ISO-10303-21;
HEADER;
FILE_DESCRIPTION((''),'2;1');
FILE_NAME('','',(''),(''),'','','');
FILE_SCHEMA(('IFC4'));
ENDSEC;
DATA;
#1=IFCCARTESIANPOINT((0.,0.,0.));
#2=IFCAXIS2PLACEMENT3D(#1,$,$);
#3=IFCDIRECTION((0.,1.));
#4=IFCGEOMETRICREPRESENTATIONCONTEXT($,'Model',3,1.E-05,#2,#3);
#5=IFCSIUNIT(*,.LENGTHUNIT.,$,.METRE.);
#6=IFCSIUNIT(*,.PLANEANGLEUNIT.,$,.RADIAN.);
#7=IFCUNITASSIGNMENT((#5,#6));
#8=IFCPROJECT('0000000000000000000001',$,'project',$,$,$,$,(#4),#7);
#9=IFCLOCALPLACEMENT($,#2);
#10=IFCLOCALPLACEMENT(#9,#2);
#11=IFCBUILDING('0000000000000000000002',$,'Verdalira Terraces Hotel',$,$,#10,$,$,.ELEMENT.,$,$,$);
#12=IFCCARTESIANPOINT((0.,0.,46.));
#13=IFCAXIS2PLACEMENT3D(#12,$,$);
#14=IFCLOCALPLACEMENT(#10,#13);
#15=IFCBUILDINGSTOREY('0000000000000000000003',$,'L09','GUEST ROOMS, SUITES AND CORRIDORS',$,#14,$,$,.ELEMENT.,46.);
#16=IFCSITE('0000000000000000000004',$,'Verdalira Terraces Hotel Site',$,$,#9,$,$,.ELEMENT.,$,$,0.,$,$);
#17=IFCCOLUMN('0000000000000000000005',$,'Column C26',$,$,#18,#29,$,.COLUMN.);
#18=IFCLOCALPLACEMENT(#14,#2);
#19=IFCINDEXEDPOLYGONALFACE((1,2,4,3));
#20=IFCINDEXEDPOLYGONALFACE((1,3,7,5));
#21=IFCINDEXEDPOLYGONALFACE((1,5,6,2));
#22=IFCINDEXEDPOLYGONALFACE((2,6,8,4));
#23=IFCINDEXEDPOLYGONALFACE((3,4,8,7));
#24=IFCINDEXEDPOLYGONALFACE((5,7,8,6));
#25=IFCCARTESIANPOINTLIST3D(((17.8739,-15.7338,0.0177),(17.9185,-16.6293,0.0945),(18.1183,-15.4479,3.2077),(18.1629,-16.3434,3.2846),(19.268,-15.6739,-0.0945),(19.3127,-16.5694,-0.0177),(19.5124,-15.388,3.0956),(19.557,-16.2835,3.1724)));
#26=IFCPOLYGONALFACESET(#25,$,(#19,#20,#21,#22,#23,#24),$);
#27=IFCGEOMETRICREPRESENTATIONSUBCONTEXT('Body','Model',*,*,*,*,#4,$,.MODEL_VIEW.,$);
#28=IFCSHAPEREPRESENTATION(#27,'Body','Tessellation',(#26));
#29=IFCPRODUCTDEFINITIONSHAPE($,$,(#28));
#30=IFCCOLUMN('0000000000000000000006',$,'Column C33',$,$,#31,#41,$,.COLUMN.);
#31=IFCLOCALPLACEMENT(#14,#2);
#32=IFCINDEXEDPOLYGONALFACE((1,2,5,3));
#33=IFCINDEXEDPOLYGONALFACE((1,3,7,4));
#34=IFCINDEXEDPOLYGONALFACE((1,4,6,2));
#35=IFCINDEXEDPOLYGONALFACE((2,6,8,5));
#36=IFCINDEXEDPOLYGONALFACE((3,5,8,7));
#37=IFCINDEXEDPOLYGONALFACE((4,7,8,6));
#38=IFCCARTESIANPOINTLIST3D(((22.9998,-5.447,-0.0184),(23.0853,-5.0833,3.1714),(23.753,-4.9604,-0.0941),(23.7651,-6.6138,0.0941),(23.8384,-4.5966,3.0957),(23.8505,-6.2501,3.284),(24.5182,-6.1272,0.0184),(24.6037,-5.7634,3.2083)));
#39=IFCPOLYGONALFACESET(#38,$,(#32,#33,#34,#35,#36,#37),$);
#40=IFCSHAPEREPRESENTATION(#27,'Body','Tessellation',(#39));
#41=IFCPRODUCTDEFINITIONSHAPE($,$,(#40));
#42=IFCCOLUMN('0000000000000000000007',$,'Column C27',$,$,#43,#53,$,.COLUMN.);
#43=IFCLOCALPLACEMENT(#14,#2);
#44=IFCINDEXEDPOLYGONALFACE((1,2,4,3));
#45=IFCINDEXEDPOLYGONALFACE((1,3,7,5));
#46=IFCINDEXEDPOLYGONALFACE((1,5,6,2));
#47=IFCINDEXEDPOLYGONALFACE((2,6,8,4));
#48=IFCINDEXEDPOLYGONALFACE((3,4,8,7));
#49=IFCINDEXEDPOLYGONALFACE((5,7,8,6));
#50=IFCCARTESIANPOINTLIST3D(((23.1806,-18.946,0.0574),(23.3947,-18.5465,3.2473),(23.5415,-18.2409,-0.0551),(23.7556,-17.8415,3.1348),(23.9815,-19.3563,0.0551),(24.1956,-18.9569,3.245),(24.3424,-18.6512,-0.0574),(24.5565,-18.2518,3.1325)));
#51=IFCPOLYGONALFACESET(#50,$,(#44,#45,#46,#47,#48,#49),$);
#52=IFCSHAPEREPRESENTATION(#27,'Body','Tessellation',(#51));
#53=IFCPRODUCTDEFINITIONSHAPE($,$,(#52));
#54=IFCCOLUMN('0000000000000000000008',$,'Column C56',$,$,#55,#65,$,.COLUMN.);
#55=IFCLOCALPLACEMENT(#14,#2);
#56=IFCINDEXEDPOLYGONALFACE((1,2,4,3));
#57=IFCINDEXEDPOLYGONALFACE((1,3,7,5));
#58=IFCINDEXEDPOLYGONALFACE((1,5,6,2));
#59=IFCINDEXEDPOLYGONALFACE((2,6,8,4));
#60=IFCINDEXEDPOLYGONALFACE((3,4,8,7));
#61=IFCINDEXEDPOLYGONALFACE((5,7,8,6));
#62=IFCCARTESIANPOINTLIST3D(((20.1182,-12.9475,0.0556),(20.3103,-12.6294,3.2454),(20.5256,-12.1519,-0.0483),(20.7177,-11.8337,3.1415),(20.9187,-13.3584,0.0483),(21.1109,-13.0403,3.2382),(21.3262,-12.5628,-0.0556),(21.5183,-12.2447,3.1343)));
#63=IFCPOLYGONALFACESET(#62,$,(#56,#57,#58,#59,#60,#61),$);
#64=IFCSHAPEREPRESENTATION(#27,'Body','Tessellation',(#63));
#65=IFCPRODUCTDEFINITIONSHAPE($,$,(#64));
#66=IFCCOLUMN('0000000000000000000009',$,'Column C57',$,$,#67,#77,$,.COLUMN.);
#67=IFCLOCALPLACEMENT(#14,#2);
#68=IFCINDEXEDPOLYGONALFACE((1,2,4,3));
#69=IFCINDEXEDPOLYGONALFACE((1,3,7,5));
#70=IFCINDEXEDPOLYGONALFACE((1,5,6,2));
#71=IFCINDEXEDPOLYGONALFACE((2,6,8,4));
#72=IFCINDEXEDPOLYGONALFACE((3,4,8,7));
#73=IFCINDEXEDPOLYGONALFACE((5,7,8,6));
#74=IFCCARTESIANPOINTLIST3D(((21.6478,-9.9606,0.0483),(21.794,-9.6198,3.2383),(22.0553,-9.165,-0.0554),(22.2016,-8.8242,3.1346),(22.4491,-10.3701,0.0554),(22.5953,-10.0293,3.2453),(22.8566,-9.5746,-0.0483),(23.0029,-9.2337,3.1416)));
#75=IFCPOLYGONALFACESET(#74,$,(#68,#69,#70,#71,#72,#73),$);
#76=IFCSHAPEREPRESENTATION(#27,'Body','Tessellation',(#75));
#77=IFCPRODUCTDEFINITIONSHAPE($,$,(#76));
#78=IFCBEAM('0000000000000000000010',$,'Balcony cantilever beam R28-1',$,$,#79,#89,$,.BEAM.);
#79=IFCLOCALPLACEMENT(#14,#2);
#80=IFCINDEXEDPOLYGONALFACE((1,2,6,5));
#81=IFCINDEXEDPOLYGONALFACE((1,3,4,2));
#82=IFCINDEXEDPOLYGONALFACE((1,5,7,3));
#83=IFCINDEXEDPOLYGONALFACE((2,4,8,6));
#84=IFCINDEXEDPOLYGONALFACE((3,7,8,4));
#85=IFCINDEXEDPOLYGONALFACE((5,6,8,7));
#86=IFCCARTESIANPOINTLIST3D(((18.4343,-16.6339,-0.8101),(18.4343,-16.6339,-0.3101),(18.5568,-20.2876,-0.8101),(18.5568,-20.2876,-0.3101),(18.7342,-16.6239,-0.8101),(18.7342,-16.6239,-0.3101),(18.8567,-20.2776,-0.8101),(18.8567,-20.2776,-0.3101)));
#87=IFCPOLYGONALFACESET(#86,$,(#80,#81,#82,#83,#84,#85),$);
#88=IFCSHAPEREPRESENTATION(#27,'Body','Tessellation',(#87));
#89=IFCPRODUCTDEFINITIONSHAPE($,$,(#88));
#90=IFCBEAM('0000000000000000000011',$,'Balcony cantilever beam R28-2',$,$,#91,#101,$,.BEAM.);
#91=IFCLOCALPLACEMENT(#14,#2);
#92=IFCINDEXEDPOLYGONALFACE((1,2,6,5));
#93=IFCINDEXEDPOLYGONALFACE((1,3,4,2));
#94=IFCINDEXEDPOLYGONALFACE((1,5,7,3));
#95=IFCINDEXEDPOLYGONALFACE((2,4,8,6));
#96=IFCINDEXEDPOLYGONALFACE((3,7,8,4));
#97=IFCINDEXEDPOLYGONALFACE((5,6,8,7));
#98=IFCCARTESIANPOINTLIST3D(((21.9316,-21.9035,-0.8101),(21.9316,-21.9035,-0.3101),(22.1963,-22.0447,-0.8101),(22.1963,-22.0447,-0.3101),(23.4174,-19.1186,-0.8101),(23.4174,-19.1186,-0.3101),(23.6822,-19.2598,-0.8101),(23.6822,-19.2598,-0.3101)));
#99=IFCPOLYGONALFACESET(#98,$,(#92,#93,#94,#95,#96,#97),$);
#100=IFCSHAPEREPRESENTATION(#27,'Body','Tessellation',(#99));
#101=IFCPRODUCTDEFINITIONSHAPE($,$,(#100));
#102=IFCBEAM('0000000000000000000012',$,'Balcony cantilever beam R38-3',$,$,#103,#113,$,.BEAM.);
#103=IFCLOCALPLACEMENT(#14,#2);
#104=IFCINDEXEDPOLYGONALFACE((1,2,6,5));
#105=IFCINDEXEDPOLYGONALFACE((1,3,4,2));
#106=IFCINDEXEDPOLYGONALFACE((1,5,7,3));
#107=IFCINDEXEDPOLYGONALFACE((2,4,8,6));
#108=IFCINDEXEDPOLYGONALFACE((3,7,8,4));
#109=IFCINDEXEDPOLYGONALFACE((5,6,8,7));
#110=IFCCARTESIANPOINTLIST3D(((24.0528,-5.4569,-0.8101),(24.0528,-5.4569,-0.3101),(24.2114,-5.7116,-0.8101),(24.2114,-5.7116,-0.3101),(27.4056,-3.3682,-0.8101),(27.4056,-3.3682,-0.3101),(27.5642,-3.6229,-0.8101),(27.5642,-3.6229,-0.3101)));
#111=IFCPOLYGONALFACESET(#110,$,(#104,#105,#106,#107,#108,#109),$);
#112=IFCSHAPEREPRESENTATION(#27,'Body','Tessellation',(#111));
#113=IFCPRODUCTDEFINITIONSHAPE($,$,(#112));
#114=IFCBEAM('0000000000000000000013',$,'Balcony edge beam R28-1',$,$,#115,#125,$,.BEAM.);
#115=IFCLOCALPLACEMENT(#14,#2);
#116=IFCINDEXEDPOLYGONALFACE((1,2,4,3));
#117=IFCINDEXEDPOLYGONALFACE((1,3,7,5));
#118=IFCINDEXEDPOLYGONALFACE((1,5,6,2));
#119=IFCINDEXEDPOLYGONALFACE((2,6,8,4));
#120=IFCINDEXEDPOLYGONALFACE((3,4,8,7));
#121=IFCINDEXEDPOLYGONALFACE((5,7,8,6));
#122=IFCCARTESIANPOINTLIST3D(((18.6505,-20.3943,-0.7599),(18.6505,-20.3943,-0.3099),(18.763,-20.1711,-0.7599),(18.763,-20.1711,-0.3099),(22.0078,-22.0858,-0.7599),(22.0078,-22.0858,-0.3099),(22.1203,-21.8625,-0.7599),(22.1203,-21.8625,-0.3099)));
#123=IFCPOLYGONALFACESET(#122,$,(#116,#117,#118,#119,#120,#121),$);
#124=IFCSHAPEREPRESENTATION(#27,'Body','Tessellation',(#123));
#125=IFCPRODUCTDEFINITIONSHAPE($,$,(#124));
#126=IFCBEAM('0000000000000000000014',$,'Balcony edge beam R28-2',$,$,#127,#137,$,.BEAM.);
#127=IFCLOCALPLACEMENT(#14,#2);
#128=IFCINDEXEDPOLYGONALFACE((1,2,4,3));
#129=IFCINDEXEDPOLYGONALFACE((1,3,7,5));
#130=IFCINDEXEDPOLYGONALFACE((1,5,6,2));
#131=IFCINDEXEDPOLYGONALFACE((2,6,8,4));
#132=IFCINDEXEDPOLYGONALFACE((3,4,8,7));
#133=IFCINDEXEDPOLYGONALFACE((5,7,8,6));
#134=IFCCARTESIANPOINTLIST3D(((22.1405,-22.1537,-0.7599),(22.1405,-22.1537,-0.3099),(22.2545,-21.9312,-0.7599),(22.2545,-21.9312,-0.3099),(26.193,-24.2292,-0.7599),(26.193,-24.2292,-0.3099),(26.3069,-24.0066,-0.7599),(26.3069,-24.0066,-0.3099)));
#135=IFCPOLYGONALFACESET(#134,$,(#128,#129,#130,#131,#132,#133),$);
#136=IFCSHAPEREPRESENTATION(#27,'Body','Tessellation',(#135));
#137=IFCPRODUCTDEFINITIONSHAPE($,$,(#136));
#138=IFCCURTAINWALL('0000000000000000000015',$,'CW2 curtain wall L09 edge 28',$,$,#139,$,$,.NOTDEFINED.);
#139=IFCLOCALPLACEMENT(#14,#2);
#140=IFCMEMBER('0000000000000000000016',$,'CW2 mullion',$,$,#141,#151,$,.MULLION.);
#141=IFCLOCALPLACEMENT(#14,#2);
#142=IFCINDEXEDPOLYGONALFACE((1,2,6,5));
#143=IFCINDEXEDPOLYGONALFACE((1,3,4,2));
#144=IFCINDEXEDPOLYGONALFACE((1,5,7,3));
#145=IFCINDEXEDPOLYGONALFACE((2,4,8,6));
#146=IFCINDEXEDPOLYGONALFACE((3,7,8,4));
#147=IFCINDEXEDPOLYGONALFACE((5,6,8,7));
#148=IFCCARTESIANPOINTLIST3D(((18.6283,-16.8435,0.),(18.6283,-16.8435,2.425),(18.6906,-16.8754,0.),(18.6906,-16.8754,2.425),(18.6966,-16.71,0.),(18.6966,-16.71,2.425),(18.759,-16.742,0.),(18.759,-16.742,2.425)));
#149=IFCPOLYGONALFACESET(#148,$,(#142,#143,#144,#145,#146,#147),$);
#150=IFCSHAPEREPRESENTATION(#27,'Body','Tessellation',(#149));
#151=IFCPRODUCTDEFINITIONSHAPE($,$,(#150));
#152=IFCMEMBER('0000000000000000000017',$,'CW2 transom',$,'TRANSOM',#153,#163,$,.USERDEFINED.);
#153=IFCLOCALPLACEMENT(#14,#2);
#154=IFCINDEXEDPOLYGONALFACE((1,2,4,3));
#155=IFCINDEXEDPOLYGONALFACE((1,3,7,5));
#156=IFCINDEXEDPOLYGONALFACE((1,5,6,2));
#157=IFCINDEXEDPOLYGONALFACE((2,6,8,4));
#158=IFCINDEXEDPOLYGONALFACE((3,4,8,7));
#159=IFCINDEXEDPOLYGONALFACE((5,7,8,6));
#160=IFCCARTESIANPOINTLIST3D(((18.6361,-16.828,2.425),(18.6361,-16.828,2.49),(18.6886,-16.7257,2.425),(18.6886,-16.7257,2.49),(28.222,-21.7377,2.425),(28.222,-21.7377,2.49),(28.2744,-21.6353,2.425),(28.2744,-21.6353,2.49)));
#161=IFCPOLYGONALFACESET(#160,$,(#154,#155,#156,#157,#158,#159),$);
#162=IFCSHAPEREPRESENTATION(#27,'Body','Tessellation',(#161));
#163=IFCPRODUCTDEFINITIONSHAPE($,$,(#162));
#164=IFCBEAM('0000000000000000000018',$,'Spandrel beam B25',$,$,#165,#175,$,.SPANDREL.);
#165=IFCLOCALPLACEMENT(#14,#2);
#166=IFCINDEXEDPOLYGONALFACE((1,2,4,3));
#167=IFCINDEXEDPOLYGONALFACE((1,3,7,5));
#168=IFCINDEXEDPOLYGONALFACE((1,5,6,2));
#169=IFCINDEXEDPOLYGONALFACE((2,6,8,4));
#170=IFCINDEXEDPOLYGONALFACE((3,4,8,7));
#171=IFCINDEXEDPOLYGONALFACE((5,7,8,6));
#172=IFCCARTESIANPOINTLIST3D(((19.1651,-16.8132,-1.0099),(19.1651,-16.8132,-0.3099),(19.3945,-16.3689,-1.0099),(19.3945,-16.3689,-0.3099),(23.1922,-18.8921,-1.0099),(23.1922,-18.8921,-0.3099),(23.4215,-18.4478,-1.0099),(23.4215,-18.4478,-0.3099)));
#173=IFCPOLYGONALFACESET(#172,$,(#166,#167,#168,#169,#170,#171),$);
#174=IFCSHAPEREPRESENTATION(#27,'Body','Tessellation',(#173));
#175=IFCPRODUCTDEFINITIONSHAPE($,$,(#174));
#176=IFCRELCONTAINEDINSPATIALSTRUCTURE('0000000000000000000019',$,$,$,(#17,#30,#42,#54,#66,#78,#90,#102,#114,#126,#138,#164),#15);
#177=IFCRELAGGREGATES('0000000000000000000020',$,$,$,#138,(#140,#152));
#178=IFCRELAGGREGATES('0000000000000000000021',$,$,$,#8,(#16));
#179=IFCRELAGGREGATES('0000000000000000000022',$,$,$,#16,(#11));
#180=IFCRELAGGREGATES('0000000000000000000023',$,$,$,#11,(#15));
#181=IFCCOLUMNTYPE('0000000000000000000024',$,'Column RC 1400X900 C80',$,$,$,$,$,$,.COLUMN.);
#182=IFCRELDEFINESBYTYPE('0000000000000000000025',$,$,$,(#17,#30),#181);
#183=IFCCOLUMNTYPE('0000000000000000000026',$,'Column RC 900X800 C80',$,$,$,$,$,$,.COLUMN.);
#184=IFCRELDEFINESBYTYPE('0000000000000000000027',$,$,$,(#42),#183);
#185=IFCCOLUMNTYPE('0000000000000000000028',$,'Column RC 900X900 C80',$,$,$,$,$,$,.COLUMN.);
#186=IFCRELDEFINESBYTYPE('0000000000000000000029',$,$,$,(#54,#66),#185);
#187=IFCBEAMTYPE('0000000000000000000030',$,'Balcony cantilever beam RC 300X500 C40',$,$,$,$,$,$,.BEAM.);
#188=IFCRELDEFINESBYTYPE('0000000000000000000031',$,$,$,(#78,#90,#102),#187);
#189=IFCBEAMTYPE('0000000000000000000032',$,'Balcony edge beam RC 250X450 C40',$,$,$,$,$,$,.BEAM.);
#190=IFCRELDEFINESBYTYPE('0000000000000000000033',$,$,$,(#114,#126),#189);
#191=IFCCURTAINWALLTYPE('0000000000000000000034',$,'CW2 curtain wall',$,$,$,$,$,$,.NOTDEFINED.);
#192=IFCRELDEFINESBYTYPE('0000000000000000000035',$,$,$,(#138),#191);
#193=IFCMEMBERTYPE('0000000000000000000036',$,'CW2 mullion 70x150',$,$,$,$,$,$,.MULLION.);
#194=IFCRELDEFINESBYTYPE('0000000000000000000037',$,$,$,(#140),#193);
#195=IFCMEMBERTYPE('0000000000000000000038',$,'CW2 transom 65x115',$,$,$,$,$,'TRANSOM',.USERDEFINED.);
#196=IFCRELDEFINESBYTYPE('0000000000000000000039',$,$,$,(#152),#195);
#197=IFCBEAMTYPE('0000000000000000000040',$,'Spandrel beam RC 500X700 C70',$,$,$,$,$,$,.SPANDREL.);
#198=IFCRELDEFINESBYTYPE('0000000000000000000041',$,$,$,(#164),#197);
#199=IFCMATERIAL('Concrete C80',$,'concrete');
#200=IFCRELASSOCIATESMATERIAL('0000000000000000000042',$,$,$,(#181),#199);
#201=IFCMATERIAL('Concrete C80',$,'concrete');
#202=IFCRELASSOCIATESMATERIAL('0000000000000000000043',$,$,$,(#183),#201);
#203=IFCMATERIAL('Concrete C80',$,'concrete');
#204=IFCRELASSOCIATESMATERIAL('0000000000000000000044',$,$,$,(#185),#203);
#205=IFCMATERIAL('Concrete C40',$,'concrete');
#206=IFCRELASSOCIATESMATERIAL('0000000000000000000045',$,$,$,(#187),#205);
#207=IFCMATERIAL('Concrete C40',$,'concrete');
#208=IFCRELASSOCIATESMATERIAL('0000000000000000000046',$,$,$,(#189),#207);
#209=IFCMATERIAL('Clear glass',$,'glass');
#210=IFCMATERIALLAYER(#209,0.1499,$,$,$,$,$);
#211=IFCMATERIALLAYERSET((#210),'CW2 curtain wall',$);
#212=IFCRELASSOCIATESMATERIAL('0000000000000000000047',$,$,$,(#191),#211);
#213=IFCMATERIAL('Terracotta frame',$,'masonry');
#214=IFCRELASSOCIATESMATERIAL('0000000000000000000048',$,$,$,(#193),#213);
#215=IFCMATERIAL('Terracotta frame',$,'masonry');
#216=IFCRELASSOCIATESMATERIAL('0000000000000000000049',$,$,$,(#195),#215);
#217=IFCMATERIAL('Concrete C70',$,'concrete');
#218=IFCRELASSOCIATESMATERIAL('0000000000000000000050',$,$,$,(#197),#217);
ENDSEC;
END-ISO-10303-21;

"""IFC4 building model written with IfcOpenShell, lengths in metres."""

from ifc_helpers import new_model, si_unit, direction, frame, origin, origin_2d, place, context, subcontext, project, spatial, rectangle, extrude, material, layer, layer_set, material_profile, profile_set, type_object, element, aggregate, save


model = new_model("IFC4")

# Units and contexts
model_context = context("Model", 3, precision=1e-05, world=origin(), true_north=direction((0.0, 1.0)))
body_context = subcontext(model_context, "Body", "Model", "MODEL_VIEW")
ifc_project = project(units=[si_unit("LENGTHUNIT", "METRE"), si_unit("PLANEANGLEUNIT", "RADIAN")], contexts=[model_context])

# Site, building, storey
site_placement = place(None, origin())
site = spatial("IfcSite", under=ifc_project, at=site_placement, Name="Verdalira Terraces Hotel Site", CompositionType="ELEMENT", RefElevation=0.0)
building_placement = place(site_placement, origin())
building = spatial("IfcBuilding", under=site, at=building_placement, Name="Verdalira Terraces Hotel", CompositionType="ELEMENT")
storey_placement = place(building_placement, frame((0.0, 0.0, 46.0)))
storey = spatial("IfcBuildingStorey", under=building, at=storey_placement, Name="L09", Description="GUEST ROOMS, SUITES AND CORRIDORS", CompositionType="ELEMENT", Elevation=46.0)

# Columns
ifc_material_1 = material(Name="Concrete C80", Category="concrete")
ifc_material_profile_1 = material_profile(ifc_material_1, rectangle(XDim=1.3999, YDim=0.8999, at=origin_2d()), Name="RC 1400X900")
ifc_profile_set_1 = profile_set([ifc_material_profile_1], Name="Concrete C80")
column_type_1 = type_object("IfcColumnType", Name="Column RC 1400X900 C80", PredefinedType="COLUMN", material=ifc_profile_set_1)
column_1_placement = place(storey_placement, frame((18.5933, -16.1516, 0.0), z_axis=(0.076084, 0.089005, 0.993121), x_axis=(-0.995865, -0.0428, 0.08013)))
element("IfcColumn", 1, at=column_1_placement, inside=storey, type_object=column_type_1, Name="Column C26", PredefinedType="COLUMN", context=body_context, shape_type="SweptSolid", body=[
    extrude(rectangle(XDim=1.3999, YDim=0.8999, at=origin_2d()), origin(), (0.0, 0.0, 1.0), 3.2122),
])
column_2_placement = place(storey_placement, frame((23.759, -5.7871, 0.0), z_axis=(0.026605, 0.113262, 0.993209), x_axis=(0.546658, -0.833487, 0.080405)))
element("IfcColumn", 2, at=column_2_placement, inside=storey, type_object=column_type_1, Name="Column C33", PredefinedType="COLUMN", context=body_context, shape_type="SweptSolid", body=[
    extrude(rectangle(XDim=1.3999, YDim=0.8999, at=origin_2d()), origin(), (0.0, 0.0, 1.0), 3.2117),
])
ifc_material_2 = material(Name="Concrete C80", Category="concrete")
ifc_material_profile_2 = material_profile(ifc_material_2, rectangle(XDim=0.8999, YDim=0.8, at=origin_2d()), Name="RC 900X800")
ifc_profile_set_2 = profile_set([ifc_material_profile_2], Name="Concrete C80")
column_type_2 = type_object("IfcColumnType", Name="Column RC 900X800 C80", PredefinedType="COLUMN", material=ifc_profile_set_2)
column_3_placement = place(storey_placement, frame((23.7615, -18.7986, 0.0), z_axis=(0.066454, 0.123966, 0.990059), x_axis=(0.88998, -0.455993, -0.002641)))
element("IfcColumn", 3, at=column_3_placement, inside=storey, type_object=column_type_2, Name="Column C27", PredefinedType="COLUMN", context=body_context, shape_type="SweptSolid", body=[
    extrude(rectangle(XDim=0.8999, YDim=0.8, at=origin_2d()), origin(), (0.0, 0.0, 1.0), 3.2219),
])
ifc_material_3 = material(Name="Concrete C80", Category="concrete")
ifc_material_profile_3 = material_profile(ifc_material_3, rectangle(XDim=0.8999, YDim=0.8999, at=origin_2d()), Name="RC 900X900")
ifc_profile_set_3 = profile_set([ifc_material_profile_3], Name="Concrete C80")
column_type_3 = type_object("IfcColumnType", Name="Column RC 900X900 C80", PredefinedType="COLUMN", material=ifc_profile_set_3)
for number, where, z_axis, x_axis, name in (
    (4, (20.7222, -12.7551, 0.0), (0.059828, 0.099055, 0.993282), (0.889614, -0.456642, -0.008045), "Column C56"),
    (5, (22.2522, -9.7676, 0.0), (0.045537, 0.106127, 0.993309), (0.890407, -0.455098, 0.007804), "Column C57"),
):
    element("IfcColumn", number, at=place(storey_placement, frame(where, z_axis=z_axis, x_axis=x_axis)), inside=storey, type_object=column_type_3, Name=name, PredefinedType="COLUMN", context=body_context, shape_type="SweptSolid", body=[
        extrude(rectangle(XDim=0.8999, YDim=0.8999, at=origin_2d()), origin(), (0.0, 0.0, 1.0), 3.2114),
    ])

# Beams
ifc_material_4 = material(Name="Concrete C40", Category="concrete")
ifc_material_profile_4 = material_profile(ifc_material_4, rectangle(XDim=0.3, YDim=0.5, at=origin_2d()), Name="RC 300X500")
ifc_profile_set_4 = profile_set([ifc_material_profile_4], Name="Concrete C40")
beam_type_1 = type_object("IfcBeamType", Name="Balcony cantilever beam RC 300X500 C40", PredefinedType="BEAM", material=ifc_profile_set_4)
beam_1_placement = place(storey_placement, frame((18.5842, -16.6289, -0.5601), z_axis=(0.033524, -0.999438, 0.0), x_axis=(0.999438, 0.033524, 0.0)))
element("IfcBeam", 6, at=beam_1_placement, inside=storey, type_object=beam_type_1, Name="Balcony cantilever beam R28-1", PredefinedType="BEAM", context=body_context, shape_type="SweptSolid", body=[
    extrude(rectangle(XDim=0.3, YDim=0.5, at=origin_2d()), origin(), (0.0, 0.0, 1.0), 3.6558),
])
beam_2_placement = place(storey_placement, frame((23.5498, -19.1892, -0.5601), z_axis=(-0.470725, -0.88228, 0.0), x_axis=(0.88228, -0.470725, 0.0)))
element("IfcBeam", 7, at=beam_2_placement, inside=storey, type_object=beam_type_1, Name="Balcony cantilever beam R28-2", PredefinedType="BEAM", context=body_context, shape_type="SweptSolid", body=[
    extrude(rectangle(XDim=0.3, YDim=0.5, at=origin_2d()), origin(), (0.0, 0.0, 1.0), 3.1565),
])
beam_3_placement = place(storey_placement, frame((24.1321, -5.5842, -0.5601), z_axis=(0.848779, 0.528748, 0.0), x_axis=(-0.528748, 0.848779, 0.0)))
element("IfcBeam", 8, at=beam_3_placement, inside=storey, type_object=beam_type_1, Name="Balcony cantilever beam R38-3", PredefinedType="BEAM", context=body_context, shape_type="SweptSolid", body=[
    extrude(rectangle(XDim=0.3, YDim=0.5, at=origin_2d()), origin(), (0.0, 0.0, 1.0), 3.9502),
])
ifc_material_5 = material(Name="Concrete C40", Category="concrete")
ifc_material_profile_5 = material_profile(ifc_material_5, rectangle(XDim=0.25, YDim=0.45, at=origin_2d()), Name="RC 250X450")
ifc_profile_set_5 = profile_set([ifc_material_profile_5], Name="Concrete C40")
beam_type_2 = type_object("IfcBeamType", Name="Balcony edge beam RC 250X450 C40", PredefinedType="BEAM", material=ifc_profile_set_5)
beam_4_placement = place(storey_placement, frame((18.7068, -20.2827, -0.5349), z_axis=(0.893059, -0.449939, 0.0), x_axis=(0.449939, 0.893059, 0.0)))
element("IfcBeam", 9, at=beam_4_placement, inside=storey, type_object=beam_type_2, Name="Balcony edge beam R28-1", PredefinedType="BEAM", context=body_context, shape_type="SweptSolid", body=[
    extrude(rectangle(XDim=0.25, YDim=0.45, at=origin_2d()), origin(), (0.0, 0.0, 1.0), 3.7593),
])
beam_5_placement = place(storey_placement, frame((22.1975, -22.0425, -0.5349), z_axis=(0.890064, -0.455836, 0.0), x_axis=(0.455836, 0.890064, 0.0)))
element("IfcBeam", 10, at=beam_5_placement, inside=storey, type_object=beam_type_2, Name="Balcony edge beam R28-2", PredefinedType="BEAM", context=body_context, shape_type="SweptSolid", body=[
    extrude(rectangle(XDim=0.25, YDim=0.45, at=origin_2d()), origin(), (0.0, 0.0, 1.0), 4.553),
])

# Curtain wall, members
ifc_material_6 = material(Name="Clear glass", Category="glass")
ifc_layer_1 = layer(ifc_material_6, 0.1499)
ifc_layer_set_1 = layer_set([ifc_layer_1], Name="CW2 curtain wall")
curtain_wall_type = type_object("IfcCurtainWallType", Name="CW2 curtain wall", PredefinedType="NOTDEFINED", material=ifc_layer_set_1)
curtain_wall_placement = place(storey_placement, origin())
curtain_wall = element("IfcCurtainWall", 11, at=curtain_wall_placement, inside=storey, type_object=curtain_wall_type, Name="CW2 curtain wall L09 edge 28", PredefinedType="NOTDEFINED")
ifc_material_7 = material(Name="Terracotta frame", Category="masonry")
ifc_material_profile_6 = material_profile(ifc_material_7, rectangle(XDim=0.0701, YDim=0.1499, at=origin_2d()), Name="MU 70x150")
ifc_profile_set_6 = profile_set([ifc_material_profile_6], Name="Terracotta frame")
member_type_1 = type_object("IfcMemberType", Name="CW2 mullion 70x150", PredefinedType="MULLION", material=ifc_profile_set_6)
member_1_placement = place(storey_placement, frame((18.6936, -16.7927, 0.0), z_axis=(0.0, 0.0, 1.0), x_axis=(0.890054, -0.455856, 0.0)))
member_1 = element("IfcMember", 12, at=member_1_placement, type_object=member_type_1, Name="CW2 mullion", PredefinedType="MULLION", context=body_context, shape_type="SweptSolid", body=[
    extrude(rectangle(XDim=0.0701, YDim=0.1499, at=origin_2d()), origin(), (0.0, 0.0, 1.0), 2.425),
])
ifc_material_8 = material(Name="Terracotta frame", Category="masonry")
ifc_material_profile_7 = material_profile(ifc_material_8, rectangle(XDim=0.115, YDim=0.0649, at=origin_2d()), Name="TR 65x115")
ifc_profile_set_7 = profile_set([ifc_material_profile_7], Name="Terracotta frame")
member_type_2 = type_object("IfcMemberType", Name="CW2 transom 65x115", ElementType="TRANSOM", PredefinedType="USERDEFINED", material=ifc_profile_set_7)
member_2_placement = place(storey_placement, frame((18.6624, -16.7769, 2.4575), z_axis=(0.890051, -0.455861, 0.0), x_axis=(0.455861, 0.890051, 0.0)))
member_2 = element("IfcMember", 13, at=member_2_placement, type_object=member_type_2, Name="CW2 transom", ObjectType="TRANSOM", PredefinedType="USERDEFINED", context=body_context, shape_type="SweptSolid", body=[
    extrude(rectangle(XDim=0.115, YDim=0.0649, at=origin_2d()), origin(), (0.0, 0.0, 1.0), 10.77),
])

# Beam
ifc_material_9 = material(Name="Concrete C70", Category="concrete")
ifc_material_profile_8 = material_profile(ifc_material_9, rectangle(XDim=0.5, YDim=0.7, at=origin_2d()), Name="RC 500X700")
ifc_profile_set_8 = profile_set([ifc_material_profile_8], Name="Concrete C70")
beam_type_3 = type_object("IfcBeamType", Name="Spandrel beam RC 500X700 C70", PredefinedType="SPANDREL", material=ifc_profile_set_8)
beam_6_placement = place(storey_placement, frame((19.2798, -16.5911, -0.6599), z_axis=(0.888589, -0.458705, 0.0), x_axis=(0.458705, 0.888589, 0.0)))
element("IfcBeam", 14, at=beam_6_placement, inside=storey, type_object=beam_type_3, Name="Spandrel beam B25", PredefinedType="SPANDREL", context=body_context, shape_type="SweptSolid", body=[
    extrude(rectangle(XDim=0.5, YDim=0.7, at=origin_2d()), origin(), (0.0, 0.0, 1.0), 4.532),
])

aggregate(curtain_wall, [member_1, member_2])

save(model, "model.ifc")
